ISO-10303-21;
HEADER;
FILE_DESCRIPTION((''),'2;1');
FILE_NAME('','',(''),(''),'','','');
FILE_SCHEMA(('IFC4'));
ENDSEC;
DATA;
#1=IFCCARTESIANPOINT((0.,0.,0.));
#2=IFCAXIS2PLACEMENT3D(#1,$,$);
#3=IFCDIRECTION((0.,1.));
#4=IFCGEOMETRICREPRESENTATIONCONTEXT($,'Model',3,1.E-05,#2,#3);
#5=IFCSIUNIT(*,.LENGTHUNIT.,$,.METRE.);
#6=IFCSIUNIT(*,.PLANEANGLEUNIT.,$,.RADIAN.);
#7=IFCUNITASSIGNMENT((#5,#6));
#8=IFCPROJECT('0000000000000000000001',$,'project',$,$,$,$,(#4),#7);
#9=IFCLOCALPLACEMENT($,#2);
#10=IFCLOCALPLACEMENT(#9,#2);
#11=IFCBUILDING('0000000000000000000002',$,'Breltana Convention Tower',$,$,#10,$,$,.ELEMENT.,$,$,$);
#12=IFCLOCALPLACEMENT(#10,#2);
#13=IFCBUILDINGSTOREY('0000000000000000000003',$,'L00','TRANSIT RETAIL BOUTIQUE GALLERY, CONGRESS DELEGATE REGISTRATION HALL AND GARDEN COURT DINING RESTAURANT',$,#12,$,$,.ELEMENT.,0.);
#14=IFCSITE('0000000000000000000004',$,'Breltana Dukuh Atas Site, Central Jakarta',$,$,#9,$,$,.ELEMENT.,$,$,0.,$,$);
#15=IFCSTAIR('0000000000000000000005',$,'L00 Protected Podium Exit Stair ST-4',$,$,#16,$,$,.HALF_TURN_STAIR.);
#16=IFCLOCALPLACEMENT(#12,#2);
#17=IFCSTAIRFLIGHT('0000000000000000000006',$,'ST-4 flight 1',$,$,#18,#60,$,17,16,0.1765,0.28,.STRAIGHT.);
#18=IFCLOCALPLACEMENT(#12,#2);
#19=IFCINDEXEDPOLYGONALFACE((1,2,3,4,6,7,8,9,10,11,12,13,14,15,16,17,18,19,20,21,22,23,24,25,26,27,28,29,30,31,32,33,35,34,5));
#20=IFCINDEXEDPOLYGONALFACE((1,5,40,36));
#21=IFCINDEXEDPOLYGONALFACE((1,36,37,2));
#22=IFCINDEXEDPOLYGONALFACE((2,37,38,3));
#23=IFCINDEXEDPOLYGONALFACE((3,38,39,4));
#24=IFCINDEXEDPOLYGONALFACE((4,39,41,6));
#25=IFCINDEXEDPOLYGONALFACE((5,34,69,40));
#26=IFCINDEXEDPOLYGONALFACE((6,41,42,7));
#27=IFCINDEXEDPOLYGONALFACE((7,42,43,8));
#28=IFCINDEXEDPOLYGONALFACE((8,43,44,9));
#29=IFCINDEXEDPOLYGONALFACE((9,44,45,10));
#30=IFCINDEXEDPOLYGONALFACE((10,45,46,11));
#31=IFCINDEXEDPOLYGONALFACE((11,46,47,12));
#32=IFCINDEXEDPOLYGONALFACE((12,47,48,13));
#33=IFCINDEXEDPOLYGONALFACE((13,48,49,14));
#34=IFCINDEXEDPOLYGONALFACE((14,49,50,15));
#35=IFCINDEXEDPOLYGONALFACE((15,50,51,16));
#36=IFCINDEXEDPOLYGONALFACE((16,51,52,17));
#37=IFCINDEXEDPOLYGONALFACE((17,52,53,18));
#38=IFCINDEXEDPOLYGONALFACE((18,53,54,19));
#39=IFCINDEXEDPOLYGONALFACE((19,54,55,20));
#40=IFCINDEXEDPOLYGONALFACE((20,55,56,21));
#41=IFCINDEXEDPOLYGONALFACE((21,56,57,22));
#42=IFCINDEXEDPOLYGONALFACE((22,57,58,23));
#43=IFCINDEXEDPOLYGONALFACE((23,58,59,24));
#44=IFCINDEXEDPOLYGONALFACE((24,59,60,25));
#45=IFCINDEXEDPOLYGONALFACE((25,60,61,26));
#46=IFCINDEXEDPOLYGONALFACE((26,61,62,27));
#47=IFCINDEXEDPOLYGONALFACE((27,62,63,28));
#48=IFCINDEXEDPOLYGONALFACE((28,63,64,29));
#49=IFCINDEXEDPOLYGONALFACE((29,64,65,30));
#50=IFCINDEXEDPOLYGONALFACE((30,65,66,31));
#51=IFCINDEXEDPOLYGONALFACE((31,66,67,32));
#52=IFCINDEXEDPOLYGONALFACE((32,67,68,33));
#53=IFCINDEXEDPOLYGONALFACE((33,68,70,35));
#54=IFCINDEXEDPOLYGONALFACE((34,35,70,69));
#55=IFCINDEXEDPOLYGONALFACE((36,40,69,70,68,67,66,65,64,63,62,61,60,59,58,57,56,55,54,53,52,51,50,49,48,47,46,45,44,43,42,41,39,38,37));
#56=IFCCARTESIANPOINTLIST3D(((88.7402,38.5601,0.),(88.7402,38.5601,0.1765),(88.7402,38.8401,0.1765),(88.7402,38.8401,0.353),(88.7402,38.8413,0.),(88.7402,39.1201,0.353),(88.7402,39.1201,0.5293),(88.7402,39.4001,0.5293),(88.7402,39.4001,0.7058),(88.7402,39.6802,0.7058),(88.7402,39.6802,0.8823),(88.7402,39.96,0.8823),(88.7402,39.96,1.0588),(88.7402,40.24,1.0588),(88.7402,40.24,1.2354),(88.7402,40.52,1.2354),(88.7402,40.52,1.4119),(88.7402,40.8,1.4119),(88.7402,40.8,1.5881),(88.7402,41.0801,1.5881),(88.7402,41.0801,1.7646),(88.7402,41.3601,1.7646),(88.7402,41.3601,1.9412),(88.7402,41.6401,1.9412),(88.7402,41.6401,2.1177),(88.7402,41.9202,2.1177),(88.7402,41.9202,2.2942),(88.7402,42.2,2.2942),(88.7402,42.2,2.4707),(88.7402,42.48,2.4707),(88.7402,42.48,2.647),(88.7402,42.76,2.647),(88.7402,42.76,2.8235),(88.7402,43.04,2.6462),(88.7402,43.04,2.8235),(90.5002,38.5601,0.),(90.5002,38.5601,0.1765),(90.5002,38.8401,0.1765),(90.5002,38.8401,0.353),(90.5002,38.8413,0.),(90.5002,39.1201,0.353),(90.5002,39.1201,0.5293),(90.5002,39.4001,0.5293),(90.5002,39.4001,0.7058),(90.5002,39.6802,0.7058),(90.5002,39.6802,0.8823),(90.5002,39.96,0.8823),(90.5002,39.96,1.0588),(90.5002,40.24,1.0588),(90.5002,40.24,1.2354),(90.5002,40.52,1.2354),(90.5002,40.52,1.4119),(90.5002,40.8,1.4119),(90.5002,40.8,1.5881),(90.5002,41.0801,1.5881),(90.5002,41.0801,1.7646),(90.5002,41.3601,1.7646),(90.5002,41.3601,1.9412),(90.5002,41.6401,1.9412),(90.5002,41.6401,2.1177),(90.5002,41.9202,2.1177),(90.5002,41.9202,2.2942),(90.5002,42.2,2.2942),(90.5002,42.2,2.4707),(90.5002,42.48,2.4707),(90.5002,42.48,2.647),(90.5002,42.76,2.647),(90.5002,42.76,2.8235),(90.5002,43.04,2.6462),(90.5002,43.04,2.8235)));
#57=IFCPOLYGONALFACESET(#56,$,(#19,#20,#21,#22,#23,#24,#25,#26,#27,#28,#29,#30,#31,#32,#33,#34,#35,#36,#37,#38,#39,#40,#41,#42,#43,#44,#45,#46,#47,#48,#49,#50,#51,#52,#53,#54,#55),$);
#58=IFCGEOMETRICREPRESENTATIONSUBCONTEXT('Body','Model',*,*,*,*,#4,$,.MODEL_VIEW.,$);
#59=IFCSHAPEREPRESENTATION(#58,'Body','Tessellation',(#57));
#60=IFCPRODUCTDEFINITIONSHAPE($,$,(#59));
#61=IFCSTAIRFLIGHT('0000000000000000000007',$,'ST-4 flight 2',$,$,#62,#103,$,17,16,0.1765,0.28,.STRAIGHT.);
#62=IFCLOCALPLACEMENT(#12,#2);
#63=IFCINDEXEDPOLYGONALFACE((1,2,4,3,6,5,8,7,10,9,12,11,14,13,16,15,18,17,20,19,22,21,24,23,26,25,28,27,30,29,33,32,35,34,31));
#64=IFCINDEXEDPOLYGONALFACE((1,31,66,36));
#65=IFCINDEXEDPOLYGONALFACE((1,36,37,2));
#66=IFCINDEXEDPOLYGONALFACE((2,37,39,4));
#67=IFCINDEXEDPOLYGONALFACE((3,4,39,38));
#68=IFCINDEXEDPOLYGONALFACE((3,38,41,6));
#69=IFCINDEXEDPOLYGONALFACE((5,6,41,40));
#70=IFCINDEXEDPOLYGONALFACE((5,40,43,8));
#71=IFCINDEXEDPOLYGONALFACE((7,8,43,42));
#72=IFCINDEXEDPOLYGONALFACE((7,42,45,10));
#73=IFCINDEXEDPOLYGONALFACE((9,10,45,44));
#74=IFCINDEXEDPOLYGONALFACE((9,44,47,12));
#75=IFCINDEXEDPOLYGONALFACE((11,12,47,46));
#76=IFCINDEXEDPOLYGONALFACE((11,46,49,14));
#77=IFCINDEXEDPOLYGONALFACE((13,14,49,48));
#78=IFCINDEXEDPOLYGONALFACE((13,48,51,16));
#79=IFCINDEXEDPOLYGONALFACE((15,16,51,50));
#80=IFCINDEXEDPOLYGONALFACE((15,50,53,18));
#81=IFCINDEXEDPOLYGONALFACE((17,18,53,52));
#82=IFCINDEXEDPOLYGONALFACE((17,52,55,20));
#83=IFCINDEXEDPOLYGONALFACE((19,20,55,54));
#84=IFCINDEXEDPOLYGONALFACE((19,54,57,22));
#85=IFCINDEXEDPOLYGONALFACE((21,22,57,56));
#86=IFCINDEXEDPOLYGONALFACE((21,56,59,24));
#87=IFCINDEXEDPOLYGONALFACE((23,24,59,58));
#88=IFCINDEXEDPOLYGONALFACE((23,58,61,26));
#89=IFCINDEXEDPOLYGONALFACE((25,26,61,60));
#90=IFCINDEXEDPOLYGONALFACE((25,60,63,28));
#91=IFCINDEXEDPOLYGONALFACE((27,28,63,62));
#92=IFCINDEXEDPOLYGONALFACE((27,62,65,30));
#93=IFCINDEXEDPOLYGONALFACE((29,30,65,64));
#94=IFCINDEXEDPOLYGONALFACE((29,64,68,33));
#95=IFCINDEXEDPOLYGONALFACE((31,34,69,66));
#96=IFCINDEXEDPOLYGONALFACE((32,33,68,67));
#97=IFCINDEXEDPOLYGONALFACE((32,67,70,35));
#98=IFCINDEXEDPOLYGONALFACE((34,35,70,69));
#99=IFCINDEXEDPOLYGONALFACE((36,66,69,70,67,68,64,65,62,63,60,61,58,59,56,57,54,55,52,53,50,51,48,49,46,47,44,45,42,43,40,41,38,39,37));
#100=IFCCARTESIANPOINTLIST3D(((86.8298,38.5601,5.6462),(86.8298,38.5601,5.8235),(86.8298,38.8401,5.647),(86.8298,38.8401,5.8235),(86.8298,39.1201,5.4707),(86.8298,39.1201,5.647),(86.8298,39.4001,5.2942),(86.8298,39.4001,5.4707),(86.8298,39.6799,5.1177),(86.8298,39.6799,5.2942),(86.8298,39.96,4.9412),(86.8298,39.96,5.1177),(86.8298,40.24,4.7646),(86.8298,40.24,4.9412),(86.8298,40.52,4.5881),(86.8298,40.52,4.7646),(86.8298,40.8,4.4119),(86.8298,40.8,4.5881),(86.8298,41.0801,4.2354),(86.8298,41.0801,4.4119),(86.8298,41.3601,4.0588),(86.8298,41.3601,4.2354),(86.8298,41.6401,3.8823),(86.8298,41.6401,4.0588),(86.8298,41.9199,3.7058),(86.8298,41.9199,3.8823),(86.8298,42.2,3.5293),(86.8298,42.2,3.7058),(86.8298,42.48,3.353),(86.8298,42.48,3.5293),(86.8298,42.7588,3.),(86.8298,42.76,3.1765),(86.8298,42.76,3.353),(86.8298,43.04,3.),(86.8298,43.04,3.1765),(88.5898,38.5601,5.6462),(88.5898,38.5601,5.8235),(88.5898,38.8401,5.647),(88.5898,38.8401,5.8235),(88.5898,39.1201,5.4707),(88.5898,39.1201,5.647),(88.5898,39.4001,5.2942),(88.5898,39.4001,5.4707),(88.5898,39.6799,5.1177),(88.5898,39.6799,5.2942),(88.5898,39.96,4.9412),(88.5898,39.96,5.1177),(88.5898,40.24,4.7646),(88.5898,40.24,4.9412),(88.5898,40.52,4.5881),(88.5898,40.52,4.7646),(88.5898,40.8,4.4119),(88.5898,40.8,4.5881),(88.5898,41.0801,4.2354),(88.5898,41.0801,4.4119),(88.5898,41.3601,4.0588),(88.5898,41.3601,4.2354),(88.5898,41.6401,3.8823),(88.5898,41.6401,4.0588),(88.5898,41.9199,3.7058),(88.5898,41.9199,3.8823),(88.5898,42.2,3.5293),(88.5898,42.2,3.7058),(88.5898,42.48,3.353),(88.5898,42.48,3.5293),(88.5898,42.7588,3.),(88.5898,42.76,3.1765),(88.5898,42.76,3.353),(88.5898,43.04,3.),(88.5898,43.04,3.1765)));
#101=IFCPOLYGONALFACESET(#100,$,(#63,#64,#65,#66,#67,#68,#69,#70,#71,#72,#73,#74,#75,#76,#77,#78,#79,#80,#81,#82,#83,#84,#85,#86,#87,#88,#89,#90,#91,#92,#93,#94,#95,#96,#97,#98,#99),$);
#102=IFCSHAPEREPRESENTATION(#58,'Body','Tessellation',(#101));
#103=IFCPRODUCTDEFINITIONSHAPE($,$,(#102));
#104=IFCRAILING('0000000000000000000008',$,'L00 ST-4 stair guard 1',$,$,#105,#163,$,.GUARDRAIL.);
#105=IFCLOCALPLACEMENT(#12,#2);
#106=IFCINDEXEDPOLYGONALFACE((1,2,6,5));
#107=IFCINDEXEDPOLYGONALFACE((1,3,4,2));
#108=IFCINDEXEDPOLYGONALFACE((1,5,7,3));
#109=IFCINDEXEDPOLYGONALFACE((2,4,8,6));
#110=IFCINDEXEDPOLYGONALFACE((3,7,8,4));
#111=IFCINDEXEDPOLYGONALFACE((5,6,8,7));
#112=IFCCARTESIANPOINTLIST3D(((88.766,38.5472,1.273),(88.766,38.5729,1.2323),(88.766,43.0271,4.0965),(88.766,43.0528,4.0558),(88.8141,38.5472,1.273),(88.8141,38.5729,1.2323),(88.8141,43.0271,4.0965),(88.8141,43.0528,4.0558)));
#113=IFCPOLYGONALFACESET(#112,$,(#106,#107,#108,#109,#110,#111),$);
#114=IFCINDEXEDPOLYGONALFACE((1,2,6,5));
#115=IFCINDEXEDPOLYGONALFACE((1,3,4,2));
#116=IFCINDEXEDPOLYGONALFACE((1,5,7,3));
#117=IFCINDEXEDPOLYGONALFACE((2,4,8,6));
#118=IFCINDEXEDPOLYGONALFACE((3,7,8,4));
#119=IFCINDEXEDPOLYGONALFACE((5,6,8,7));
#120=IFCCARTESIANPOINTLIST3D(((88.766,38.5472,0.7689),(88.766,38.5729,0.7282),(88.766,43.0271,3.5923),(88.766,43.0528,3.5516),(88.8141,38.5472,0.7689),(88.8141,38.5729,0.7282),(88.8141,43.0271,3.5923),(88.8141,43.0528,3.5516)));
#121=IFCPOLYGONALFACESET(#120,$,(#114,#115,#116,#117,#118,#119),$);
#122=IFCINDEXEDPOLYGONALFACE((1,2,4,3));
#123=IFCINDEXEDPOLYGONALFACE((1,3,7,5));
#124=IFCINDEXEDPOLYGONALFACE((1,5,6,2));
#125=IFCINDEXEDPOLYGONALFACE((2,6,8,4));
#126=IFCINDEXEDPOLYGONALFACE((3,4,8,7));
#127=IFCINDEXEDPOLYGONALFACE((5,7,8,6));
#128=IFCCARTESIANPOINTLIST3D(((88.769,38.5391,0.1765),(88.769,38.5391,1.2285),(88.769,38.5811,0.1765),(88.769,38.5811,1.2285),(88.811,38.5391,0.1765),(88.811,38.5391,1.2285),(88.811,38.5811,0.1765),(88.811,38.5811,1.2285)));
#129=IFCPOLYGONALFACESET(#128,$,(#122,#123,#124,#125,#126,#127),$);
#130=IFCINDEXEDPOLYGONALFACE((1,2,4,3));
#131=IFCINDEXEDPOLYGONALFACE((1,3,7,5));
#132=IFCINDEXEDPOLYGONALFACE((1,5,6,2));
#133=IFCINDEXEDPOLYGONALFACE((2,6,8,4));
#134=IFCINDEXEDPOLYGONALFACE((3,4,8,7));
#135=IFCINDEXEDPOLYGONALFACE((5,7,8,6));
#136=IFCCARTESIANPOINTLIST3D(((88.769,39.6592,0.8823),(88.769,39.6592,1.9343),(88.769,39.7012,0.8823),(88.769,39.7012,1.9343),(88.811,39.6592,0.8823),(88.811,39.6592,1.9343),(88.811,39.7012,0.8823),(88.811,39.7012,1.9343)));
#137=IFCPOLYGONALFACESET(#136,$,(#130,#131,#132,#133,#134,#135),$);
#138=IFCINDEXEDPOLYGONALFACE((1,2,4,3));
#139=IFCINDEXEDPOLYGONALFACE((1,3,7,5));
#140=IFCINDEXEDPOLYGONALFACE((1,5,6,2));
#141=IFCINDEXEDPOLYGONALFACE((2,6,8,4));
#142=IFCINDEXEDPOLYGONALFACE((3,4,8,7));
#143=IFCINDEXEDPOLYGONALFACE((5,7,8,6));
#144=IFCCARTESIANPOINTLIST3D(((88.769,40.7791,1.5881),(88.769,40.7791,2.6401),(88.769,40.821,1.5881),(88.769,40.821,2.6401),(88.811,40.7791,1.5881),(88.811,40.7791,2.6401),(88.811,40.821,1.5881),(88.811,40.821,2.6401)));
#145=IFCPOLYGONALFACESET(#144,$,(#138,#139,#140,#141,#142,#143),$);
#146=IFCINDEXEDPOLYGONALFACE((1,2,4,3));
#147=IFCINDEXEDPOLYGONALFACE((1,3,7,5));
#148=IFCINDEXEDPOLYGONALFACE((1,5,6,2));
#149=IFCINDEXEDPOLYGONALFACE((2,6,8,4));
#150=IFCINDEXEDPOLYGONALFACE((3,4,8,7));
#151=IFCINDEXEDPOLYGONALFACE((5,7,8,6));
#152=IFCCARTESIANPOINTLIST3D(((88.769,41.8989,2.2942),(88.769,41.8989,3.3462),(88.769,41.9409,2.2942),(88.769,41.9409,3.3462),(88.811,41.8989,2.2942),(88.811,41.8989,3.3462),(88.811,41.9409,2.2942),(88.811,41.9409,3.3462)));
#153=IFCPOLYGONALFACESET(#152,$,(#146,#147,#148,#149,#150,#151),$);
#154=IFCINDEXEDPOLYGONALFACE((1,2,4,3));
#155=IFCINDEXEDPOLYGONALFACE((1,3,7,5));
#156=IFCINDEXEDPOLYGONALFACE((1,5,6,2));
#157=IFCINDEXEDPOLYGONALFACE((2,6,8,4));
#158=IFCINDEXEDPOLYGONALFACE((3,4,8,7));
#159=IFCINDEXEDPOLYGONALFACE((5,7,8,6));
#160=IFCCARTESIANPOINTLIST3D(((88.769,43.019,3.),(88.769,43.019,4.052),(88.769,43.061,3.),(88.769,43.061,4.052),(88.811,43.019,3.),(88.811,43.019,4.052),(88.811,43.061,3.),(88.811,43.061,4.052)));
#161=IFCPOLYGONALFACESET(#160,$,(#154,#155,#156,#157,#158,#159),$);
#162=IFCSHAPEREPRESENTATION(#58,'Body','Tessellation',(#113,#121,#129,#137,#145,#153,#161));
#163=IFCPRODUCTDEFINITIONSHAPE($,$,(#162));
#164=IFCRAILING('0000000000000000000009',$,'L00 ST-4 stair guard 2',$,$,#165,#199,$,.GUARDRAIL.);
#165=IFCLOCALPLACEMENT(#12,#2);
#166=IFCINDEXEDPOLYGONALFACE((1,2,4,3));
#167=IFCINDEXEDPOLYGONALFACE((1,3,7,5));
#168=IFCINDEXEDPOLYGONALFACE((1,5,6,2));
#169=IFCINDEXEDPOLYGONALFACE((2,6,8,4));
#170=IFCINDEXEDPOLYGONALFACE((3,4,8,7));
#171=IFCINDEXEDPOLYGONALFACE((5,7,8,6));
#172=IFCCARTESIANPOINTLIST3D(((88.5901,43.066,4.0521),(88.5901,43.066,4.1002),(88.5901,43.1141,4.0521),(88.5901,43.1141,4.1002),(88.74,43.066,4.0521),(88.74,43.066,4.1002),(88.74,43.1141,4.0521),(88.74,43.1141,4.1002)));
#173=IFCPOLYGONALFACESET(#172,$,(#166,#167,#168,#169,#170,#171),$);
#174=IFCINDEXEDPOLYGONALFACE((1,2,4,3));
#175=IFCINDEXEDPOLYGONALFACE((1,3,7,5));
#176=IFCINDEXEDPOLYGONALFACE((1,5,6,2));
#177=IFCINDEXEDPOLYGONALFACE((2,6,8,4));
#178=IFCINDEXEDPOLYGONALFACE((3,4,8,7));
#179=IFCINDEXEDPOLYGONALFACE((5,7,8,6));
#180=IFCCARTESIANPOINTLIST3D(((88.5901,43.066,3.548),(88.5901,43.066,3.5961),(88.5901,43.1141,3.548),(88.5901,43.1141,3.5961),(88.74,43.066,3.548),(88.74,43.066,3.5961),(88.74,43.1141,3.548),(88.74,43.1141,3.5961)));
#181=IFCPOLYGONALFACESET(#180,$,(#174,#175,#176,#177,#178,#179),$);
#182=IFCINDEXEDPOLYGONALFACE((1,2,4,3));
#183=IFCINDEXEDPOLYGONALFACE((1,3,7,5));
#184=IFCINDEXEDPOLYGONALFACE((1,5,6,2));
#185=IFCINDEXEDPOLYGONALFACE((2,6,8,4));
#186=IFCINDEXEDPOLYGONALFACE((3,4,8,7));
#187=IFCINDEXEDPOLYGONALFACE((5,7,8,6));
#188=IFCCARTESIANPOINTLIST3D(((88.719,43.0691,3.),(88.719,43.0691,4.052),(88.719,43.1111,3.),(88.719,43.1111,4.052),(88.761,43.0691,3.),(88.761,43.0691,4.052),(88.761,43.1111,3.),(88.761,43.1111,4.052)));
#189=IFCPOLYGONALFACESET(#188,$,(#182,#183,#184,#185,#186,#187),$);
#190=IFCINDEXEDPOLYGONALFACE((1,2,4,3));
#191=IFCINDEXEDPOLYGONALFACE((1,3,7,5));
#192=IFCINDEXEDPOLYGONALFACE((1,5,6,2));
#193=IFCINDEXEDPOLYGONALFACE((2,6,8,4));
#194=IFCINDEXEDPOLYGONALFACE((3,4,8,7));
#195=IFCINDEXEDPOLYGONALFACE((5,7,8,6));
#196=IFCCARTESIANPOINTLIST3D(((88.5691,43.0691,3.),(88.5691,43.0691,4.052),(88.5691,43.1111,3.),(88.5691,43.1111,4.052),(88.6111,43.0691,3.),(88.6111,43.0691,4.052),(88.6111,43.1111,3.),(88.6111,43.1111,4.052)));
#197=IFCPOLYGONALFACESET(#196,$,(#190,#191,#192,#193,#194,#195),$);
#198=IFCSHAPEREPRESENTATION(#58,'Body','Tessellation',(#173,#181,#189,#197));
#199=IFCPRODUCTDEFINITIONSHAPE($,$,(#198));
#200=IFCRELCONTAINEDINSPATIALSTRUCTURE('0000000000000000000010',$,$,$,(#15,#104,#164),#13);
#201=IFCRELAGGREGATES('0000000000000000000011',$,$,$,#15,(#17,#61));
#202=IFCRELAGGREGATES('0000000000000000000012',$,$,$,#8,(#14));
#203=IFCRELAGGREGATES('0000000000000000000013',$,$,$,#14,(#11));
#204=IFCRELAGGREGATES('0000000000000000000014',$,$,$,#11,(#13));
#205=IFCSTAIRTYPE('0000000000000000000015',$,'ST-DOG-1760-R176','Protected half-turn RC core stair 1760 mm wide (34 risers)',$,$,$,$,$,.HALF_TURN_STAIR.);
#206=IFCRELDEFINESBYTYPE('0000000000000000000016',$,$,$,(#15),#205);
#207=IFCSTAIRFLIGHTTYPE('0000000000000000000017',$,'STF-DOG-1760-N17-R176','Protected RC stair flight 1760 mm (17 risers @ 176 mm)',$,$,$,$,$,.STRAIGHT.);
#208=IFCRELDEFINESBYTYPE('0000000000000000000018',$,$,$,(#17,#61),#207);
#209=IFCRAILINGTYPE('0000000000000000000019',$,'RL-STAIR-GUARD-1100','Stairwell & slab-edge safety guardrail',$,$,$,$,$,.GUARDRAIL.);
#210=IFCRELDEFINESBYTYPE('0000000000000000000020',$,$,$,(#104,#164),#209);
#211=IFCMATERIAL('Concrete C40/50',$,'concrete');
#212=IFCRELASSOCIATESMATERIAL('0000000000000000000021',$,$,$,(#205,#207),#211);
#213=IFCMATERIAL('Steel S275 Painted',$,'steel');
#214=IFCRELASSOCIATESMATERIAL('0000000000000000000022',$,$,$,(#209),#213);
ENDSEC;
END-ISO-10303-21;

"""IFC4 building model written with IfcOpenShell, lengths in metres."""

from ifc_helpers import new_model, si_unit, direction, frame, origin, origin_2d, place, context, subcontext, project, spatial, polyline, rectangle, outline, extrude, material, type_object, element, aggregate, save


model = new_model("IFC4")

# Units and contexts
model_context = context("Model", 3, precision=1e-05, world=origin(), true_north=direction((0.0, 1.0)))
body_context = subcontext(model_context, "Body", "Model", "MODEL_VIEW")
ifc_project = project(units=[si_unit("LENGTHUNIT", "METRE"), si_unit("PLANEANGLEUNIT", "RADIAN")], contexts=[model_context])

# Site, building, storey
site_placement = place(None, origin())
site = spatial("IfcSite", under=ifc_project, at=site_placement, Name="Breltana Dukuh Atas Site, Central Jakarta", CompositionType="ELEMENT", RefElevation=0.0)
building_placement = place(site_placement, origin())
building = spatial("IfcBuilding", under=site, at=building_placement, Name="Breltana Convention Tower", CompositionType="ELEMENT")
storey_placement = place(building_placement, origin())
storey = spatial("IfcBuildingStorey", under=building, at=storey_placement, Name="L00", Description="TRANSIT RETAIL BOUTIQUE GALLERY, CONGRESS DELEGATE REGISTRATION HALL AND GARDEN COURT DINING RESTAURANT", CompositionType="ELEMENT", Elevation=0.0)

# Shared definitions
ifc_material_1 = material(Name="Concrete C40/50", Category="concrete")

# Stair, stair flights
stair_type = type_object("IfcStairType", Name="ST-DOG-1760-R176", Description="Protected half-turn RC core stair 1760 mm wide (34 risers)", PredefinedType="HALF_TURN_STAIR", material=ifc_material_1)
stair_placement = place(storey_placement, origin())
stair = element("IfcStair", 1, at=stair_placement, inside=storey, type_object=stair_type, Name="L00 Protected Podium Exit Stair ST-4", PredefinedType="HALF_TURN_STAIR")
stair_flight_type = type_object("IfcStairFlightType", Name="STF-DOG-1760-N17-R176", Description="Protected RC stair flight 1760 mm (17 risers @ 176 mm)", PredefinedType="STRAIGHT", material=ifc_material_1)
stair_flight_1_placement = place(storey_placement, frame((89.6201, 38.5601, 0.0), z_axis=(0.0, 0.0, 1.0), x_axis=(0.0, 1.0, 0.0)))
stair_flight_1 = element("IfcStairFlight", 2, at=stair_flight_1_placement, type_object=stair_flight_type, Name="ST-4 flight 1", NumberOfRisers=17, NumberOfTreads=16, PredefinedType="STRAIGHT", RiserHeight=0.1765, TreadLength=0.28, context=body_context, shape_type="SweptSolid", body=[
    extrude(outline(polyline([(0.0, 0.0), (0.0, 0.1765), (0.28, 0.1765), (0.28, 0.353), (0.5601, 0.353), (0.5601, 0.5293), (0.8401, 0.5293), (0.8401, 0.7058), (1.1201, 0.7058), (1.1201, 0.8823), (1.3999, 0.8823), (1.3999, 1.0588), (1.6799, 1.0588), (1.6799, 1.2354), (1.96, 1.2354), (1.96, 1.4119), (2.24, 1.4119), (2.24, 1.5881), (2.52, 1.5881), (2.52, 1.7646), (2.8, 1.7646), (2.8, 1.9412), (3.0801, 1.9412), (3.0801, 2.1177), (3.3601, 2.1177), (3.3601, 2.2942), (3.6399, 2.2942), (3.6399, 2.4707), (3.9199, 2.4707), (3.9199, 2.647), (4.2, 2.647), (4.2, 2.8235), (4.48, 2.8235), (4.48, 3.0), (4.48, 2.6462), (0.2812, 0.0), (0.0, 0.0)])), frame((0.0, 0.8799, 0.0), z_axis=(0.0, -1.0, 0.0), x_axis=(1.0, 0.0, 0.0)), (0.0, 0.0, 1.0), 1.76),
])
stair_flight_2_placement = place(storey_placement, frame((87.71, 43.04, 3.0), z_axis=(0.0, 0.0, 1.0), x_axis=(0.0, -1.0, 0.0)))
stair_flight_2 = element("IfcStairFlight", 3, at=stair_flight_2_placement, type_object=stair_flight_type, Name="ST-4 flight 2", NumberOfRisers=17, NumberOfTreads=16, PredefinedType="STRAIGHT", RiserHeight=0.1765, TreadLength=0.28, context=body_context, shape_type="SweptSolid", body=[
    extrude(outline(polyline([(0.0, 0.0), (0.0, 0.1765), (0.28, 0.1765), (0.28, 0.353), (0.5601, 0.353), (0.5601, 0.5293), (0.8401, 0.5293), (0.8401, 0.7058), (1.1201, 0.7058), (1.1201, 0.8823), (1.3999, 0.8823), (1.3999, 1.0588), (1.6799, 1.0588), (1.6799, 1.2354), (1.96, 1.2354), (1.96, 1.4119), (2.24, 1.4119), (2.24, 1.5881), (2.52, 1.5881), (2.52, 1.7646), (2.8, 1.7646), (2.8, 1.9412), (3.0801, 1.9412), (3.0801, 2.1177), (3.3601, 2.1177), (3.3601, 2.2942), (3.6399, 2.2942), (3.6399, 2.4707), (3.9199, 2.4707), (3.9199, 2.647), (4.2, 2.647), (4.2, 2.8235), (4.48, 2.8235), (4.48, 3.0), (4.48, 2.6462), (0.2812, 0.0), (0.0, 0.0)])), frame((0.0, 0.8799, 0.0), z_axis=(0.0, -1.0, 0.0), x_axis=(1.0, 0.0, 0.0)), (0.0, 0.0, 1.0), 1.76),
])
aggregate(stair, [stair_flight_1, stair_flight_2])

# Railings
ifc_material_2 = material(Name="Steel S275 Painted", Category="steel")
railing_type_1 = type_object("IfcRailingType", Name="RL-STAIR-GUARD-1100", Description="Stairwell & slab-edge safety guardrail", PredefinedType="GUARDRAIL", material=ifc_material_2)
railing_1_placement = place(storey_placement, frame((88.79, 38.5601, 0.1765)))
element("IfcRailing", 4, at=railing_1_placement, inside=storey, type_object=railing_type_1, Name="L00 ST-4 stair guard 1", PredefinedType="GUARDRAIL", context=body_context, shape_type="SweptSolid", body=[
    extrude(rectangle(XDim=0.0481, YDim=0.0481, at=origin_2d()), frame((0.0, 0.0, 1.0762), z_axis=(0.0, 0.845998, 0.533186), x_axis=(-1.0, 0.0, 0.0)), (0.0, 0.0, 1.0), 5.2954),
    extrude(rectangle(XDim=0.0481, YDim=0.0481, at=origin_2d()), frame((0.0, 0.0, 0.572), z_axis=(0.0, 0.845998, 0.533186), x_axis=(-1.0, 0.0, 0.0)), (0.0, 0.0, 1.0), 5.2954),
    extrude(rectangle(XDim=0.042, YDim=0.042, at=origin_2d()), origin(), (0.0, 0.0, 1.0), 1.052),
    extrude(rectangle(XDim=0.042, YDim=0.042, at=origin_2d()), frame((0.0, 1.1201, 0.7058)), (0.0, 0.0, 1.0), 1.052),
    extrude(rectangle(XDim=0.042, YDim=0.042, at=origin_2d()), frame((0.0, 2.24, 1.4116)), (0.0, 0.0, 1.0), 1.052),
    extrude(rectangle(XDim=0.042, YDim=0.042, at=origin_2d()), frame((0.0, 3.3599, 2.1177)), (0.0, 0.0, 1.0), 1.052),
    extrude(rectangle(XDim=0.042, YDim=0.042, at=origin_2d()), frame((0.0, 4.48, 2.8235)), (0.0, 0.0, 1.0), 1.052),
])
railing_2_placement = place(storey_placement, frame((88.74, 43.0901, 3.0)))
element("IfcRailing", 5, at=railing_2_placement, inside=storey, type_object=railing_type_1, Name="L00 ST-4 stair guard 2", PredefinedType="GUARDRAIL", context=body_context, shape_type="SweptSolid", body=[
    extrude(rectangle(XDim=0.0481, YDim=0.0481, at=origin_2d()), frame((0.0, 0.0, 1.0762), z_axis=(-1.0, 0.0, 0.0), x_axis=(0.0, -1.0, 0.0)), (0.0, 0.0, 1.0), 0.1499),
    extrude(rectangle(XDim=0.0481, YDim=0.0481, at=origin_2d()), frame((0.0, 0.0, 0.572), z_axis=(-1.0, 0.0, 0.0), x_axis=(0.0, -1.0, 0.0)), (0.0, 0.0, 1.0), 0.1499),
    extrude(rectangle(XDim=0.042, YDim=0.042, at=origin_2d()), origin(), (0.0, 0.0, 1.0), 1.052),
    extrude(rectangle(XDim=0.042, YDim=0.042, at=origin_2d()), frame((-0.1499, 0.0, 0.0)), (0.0, 0.0, 1.0), 1.052),
])

save(model, "model.ifc")
